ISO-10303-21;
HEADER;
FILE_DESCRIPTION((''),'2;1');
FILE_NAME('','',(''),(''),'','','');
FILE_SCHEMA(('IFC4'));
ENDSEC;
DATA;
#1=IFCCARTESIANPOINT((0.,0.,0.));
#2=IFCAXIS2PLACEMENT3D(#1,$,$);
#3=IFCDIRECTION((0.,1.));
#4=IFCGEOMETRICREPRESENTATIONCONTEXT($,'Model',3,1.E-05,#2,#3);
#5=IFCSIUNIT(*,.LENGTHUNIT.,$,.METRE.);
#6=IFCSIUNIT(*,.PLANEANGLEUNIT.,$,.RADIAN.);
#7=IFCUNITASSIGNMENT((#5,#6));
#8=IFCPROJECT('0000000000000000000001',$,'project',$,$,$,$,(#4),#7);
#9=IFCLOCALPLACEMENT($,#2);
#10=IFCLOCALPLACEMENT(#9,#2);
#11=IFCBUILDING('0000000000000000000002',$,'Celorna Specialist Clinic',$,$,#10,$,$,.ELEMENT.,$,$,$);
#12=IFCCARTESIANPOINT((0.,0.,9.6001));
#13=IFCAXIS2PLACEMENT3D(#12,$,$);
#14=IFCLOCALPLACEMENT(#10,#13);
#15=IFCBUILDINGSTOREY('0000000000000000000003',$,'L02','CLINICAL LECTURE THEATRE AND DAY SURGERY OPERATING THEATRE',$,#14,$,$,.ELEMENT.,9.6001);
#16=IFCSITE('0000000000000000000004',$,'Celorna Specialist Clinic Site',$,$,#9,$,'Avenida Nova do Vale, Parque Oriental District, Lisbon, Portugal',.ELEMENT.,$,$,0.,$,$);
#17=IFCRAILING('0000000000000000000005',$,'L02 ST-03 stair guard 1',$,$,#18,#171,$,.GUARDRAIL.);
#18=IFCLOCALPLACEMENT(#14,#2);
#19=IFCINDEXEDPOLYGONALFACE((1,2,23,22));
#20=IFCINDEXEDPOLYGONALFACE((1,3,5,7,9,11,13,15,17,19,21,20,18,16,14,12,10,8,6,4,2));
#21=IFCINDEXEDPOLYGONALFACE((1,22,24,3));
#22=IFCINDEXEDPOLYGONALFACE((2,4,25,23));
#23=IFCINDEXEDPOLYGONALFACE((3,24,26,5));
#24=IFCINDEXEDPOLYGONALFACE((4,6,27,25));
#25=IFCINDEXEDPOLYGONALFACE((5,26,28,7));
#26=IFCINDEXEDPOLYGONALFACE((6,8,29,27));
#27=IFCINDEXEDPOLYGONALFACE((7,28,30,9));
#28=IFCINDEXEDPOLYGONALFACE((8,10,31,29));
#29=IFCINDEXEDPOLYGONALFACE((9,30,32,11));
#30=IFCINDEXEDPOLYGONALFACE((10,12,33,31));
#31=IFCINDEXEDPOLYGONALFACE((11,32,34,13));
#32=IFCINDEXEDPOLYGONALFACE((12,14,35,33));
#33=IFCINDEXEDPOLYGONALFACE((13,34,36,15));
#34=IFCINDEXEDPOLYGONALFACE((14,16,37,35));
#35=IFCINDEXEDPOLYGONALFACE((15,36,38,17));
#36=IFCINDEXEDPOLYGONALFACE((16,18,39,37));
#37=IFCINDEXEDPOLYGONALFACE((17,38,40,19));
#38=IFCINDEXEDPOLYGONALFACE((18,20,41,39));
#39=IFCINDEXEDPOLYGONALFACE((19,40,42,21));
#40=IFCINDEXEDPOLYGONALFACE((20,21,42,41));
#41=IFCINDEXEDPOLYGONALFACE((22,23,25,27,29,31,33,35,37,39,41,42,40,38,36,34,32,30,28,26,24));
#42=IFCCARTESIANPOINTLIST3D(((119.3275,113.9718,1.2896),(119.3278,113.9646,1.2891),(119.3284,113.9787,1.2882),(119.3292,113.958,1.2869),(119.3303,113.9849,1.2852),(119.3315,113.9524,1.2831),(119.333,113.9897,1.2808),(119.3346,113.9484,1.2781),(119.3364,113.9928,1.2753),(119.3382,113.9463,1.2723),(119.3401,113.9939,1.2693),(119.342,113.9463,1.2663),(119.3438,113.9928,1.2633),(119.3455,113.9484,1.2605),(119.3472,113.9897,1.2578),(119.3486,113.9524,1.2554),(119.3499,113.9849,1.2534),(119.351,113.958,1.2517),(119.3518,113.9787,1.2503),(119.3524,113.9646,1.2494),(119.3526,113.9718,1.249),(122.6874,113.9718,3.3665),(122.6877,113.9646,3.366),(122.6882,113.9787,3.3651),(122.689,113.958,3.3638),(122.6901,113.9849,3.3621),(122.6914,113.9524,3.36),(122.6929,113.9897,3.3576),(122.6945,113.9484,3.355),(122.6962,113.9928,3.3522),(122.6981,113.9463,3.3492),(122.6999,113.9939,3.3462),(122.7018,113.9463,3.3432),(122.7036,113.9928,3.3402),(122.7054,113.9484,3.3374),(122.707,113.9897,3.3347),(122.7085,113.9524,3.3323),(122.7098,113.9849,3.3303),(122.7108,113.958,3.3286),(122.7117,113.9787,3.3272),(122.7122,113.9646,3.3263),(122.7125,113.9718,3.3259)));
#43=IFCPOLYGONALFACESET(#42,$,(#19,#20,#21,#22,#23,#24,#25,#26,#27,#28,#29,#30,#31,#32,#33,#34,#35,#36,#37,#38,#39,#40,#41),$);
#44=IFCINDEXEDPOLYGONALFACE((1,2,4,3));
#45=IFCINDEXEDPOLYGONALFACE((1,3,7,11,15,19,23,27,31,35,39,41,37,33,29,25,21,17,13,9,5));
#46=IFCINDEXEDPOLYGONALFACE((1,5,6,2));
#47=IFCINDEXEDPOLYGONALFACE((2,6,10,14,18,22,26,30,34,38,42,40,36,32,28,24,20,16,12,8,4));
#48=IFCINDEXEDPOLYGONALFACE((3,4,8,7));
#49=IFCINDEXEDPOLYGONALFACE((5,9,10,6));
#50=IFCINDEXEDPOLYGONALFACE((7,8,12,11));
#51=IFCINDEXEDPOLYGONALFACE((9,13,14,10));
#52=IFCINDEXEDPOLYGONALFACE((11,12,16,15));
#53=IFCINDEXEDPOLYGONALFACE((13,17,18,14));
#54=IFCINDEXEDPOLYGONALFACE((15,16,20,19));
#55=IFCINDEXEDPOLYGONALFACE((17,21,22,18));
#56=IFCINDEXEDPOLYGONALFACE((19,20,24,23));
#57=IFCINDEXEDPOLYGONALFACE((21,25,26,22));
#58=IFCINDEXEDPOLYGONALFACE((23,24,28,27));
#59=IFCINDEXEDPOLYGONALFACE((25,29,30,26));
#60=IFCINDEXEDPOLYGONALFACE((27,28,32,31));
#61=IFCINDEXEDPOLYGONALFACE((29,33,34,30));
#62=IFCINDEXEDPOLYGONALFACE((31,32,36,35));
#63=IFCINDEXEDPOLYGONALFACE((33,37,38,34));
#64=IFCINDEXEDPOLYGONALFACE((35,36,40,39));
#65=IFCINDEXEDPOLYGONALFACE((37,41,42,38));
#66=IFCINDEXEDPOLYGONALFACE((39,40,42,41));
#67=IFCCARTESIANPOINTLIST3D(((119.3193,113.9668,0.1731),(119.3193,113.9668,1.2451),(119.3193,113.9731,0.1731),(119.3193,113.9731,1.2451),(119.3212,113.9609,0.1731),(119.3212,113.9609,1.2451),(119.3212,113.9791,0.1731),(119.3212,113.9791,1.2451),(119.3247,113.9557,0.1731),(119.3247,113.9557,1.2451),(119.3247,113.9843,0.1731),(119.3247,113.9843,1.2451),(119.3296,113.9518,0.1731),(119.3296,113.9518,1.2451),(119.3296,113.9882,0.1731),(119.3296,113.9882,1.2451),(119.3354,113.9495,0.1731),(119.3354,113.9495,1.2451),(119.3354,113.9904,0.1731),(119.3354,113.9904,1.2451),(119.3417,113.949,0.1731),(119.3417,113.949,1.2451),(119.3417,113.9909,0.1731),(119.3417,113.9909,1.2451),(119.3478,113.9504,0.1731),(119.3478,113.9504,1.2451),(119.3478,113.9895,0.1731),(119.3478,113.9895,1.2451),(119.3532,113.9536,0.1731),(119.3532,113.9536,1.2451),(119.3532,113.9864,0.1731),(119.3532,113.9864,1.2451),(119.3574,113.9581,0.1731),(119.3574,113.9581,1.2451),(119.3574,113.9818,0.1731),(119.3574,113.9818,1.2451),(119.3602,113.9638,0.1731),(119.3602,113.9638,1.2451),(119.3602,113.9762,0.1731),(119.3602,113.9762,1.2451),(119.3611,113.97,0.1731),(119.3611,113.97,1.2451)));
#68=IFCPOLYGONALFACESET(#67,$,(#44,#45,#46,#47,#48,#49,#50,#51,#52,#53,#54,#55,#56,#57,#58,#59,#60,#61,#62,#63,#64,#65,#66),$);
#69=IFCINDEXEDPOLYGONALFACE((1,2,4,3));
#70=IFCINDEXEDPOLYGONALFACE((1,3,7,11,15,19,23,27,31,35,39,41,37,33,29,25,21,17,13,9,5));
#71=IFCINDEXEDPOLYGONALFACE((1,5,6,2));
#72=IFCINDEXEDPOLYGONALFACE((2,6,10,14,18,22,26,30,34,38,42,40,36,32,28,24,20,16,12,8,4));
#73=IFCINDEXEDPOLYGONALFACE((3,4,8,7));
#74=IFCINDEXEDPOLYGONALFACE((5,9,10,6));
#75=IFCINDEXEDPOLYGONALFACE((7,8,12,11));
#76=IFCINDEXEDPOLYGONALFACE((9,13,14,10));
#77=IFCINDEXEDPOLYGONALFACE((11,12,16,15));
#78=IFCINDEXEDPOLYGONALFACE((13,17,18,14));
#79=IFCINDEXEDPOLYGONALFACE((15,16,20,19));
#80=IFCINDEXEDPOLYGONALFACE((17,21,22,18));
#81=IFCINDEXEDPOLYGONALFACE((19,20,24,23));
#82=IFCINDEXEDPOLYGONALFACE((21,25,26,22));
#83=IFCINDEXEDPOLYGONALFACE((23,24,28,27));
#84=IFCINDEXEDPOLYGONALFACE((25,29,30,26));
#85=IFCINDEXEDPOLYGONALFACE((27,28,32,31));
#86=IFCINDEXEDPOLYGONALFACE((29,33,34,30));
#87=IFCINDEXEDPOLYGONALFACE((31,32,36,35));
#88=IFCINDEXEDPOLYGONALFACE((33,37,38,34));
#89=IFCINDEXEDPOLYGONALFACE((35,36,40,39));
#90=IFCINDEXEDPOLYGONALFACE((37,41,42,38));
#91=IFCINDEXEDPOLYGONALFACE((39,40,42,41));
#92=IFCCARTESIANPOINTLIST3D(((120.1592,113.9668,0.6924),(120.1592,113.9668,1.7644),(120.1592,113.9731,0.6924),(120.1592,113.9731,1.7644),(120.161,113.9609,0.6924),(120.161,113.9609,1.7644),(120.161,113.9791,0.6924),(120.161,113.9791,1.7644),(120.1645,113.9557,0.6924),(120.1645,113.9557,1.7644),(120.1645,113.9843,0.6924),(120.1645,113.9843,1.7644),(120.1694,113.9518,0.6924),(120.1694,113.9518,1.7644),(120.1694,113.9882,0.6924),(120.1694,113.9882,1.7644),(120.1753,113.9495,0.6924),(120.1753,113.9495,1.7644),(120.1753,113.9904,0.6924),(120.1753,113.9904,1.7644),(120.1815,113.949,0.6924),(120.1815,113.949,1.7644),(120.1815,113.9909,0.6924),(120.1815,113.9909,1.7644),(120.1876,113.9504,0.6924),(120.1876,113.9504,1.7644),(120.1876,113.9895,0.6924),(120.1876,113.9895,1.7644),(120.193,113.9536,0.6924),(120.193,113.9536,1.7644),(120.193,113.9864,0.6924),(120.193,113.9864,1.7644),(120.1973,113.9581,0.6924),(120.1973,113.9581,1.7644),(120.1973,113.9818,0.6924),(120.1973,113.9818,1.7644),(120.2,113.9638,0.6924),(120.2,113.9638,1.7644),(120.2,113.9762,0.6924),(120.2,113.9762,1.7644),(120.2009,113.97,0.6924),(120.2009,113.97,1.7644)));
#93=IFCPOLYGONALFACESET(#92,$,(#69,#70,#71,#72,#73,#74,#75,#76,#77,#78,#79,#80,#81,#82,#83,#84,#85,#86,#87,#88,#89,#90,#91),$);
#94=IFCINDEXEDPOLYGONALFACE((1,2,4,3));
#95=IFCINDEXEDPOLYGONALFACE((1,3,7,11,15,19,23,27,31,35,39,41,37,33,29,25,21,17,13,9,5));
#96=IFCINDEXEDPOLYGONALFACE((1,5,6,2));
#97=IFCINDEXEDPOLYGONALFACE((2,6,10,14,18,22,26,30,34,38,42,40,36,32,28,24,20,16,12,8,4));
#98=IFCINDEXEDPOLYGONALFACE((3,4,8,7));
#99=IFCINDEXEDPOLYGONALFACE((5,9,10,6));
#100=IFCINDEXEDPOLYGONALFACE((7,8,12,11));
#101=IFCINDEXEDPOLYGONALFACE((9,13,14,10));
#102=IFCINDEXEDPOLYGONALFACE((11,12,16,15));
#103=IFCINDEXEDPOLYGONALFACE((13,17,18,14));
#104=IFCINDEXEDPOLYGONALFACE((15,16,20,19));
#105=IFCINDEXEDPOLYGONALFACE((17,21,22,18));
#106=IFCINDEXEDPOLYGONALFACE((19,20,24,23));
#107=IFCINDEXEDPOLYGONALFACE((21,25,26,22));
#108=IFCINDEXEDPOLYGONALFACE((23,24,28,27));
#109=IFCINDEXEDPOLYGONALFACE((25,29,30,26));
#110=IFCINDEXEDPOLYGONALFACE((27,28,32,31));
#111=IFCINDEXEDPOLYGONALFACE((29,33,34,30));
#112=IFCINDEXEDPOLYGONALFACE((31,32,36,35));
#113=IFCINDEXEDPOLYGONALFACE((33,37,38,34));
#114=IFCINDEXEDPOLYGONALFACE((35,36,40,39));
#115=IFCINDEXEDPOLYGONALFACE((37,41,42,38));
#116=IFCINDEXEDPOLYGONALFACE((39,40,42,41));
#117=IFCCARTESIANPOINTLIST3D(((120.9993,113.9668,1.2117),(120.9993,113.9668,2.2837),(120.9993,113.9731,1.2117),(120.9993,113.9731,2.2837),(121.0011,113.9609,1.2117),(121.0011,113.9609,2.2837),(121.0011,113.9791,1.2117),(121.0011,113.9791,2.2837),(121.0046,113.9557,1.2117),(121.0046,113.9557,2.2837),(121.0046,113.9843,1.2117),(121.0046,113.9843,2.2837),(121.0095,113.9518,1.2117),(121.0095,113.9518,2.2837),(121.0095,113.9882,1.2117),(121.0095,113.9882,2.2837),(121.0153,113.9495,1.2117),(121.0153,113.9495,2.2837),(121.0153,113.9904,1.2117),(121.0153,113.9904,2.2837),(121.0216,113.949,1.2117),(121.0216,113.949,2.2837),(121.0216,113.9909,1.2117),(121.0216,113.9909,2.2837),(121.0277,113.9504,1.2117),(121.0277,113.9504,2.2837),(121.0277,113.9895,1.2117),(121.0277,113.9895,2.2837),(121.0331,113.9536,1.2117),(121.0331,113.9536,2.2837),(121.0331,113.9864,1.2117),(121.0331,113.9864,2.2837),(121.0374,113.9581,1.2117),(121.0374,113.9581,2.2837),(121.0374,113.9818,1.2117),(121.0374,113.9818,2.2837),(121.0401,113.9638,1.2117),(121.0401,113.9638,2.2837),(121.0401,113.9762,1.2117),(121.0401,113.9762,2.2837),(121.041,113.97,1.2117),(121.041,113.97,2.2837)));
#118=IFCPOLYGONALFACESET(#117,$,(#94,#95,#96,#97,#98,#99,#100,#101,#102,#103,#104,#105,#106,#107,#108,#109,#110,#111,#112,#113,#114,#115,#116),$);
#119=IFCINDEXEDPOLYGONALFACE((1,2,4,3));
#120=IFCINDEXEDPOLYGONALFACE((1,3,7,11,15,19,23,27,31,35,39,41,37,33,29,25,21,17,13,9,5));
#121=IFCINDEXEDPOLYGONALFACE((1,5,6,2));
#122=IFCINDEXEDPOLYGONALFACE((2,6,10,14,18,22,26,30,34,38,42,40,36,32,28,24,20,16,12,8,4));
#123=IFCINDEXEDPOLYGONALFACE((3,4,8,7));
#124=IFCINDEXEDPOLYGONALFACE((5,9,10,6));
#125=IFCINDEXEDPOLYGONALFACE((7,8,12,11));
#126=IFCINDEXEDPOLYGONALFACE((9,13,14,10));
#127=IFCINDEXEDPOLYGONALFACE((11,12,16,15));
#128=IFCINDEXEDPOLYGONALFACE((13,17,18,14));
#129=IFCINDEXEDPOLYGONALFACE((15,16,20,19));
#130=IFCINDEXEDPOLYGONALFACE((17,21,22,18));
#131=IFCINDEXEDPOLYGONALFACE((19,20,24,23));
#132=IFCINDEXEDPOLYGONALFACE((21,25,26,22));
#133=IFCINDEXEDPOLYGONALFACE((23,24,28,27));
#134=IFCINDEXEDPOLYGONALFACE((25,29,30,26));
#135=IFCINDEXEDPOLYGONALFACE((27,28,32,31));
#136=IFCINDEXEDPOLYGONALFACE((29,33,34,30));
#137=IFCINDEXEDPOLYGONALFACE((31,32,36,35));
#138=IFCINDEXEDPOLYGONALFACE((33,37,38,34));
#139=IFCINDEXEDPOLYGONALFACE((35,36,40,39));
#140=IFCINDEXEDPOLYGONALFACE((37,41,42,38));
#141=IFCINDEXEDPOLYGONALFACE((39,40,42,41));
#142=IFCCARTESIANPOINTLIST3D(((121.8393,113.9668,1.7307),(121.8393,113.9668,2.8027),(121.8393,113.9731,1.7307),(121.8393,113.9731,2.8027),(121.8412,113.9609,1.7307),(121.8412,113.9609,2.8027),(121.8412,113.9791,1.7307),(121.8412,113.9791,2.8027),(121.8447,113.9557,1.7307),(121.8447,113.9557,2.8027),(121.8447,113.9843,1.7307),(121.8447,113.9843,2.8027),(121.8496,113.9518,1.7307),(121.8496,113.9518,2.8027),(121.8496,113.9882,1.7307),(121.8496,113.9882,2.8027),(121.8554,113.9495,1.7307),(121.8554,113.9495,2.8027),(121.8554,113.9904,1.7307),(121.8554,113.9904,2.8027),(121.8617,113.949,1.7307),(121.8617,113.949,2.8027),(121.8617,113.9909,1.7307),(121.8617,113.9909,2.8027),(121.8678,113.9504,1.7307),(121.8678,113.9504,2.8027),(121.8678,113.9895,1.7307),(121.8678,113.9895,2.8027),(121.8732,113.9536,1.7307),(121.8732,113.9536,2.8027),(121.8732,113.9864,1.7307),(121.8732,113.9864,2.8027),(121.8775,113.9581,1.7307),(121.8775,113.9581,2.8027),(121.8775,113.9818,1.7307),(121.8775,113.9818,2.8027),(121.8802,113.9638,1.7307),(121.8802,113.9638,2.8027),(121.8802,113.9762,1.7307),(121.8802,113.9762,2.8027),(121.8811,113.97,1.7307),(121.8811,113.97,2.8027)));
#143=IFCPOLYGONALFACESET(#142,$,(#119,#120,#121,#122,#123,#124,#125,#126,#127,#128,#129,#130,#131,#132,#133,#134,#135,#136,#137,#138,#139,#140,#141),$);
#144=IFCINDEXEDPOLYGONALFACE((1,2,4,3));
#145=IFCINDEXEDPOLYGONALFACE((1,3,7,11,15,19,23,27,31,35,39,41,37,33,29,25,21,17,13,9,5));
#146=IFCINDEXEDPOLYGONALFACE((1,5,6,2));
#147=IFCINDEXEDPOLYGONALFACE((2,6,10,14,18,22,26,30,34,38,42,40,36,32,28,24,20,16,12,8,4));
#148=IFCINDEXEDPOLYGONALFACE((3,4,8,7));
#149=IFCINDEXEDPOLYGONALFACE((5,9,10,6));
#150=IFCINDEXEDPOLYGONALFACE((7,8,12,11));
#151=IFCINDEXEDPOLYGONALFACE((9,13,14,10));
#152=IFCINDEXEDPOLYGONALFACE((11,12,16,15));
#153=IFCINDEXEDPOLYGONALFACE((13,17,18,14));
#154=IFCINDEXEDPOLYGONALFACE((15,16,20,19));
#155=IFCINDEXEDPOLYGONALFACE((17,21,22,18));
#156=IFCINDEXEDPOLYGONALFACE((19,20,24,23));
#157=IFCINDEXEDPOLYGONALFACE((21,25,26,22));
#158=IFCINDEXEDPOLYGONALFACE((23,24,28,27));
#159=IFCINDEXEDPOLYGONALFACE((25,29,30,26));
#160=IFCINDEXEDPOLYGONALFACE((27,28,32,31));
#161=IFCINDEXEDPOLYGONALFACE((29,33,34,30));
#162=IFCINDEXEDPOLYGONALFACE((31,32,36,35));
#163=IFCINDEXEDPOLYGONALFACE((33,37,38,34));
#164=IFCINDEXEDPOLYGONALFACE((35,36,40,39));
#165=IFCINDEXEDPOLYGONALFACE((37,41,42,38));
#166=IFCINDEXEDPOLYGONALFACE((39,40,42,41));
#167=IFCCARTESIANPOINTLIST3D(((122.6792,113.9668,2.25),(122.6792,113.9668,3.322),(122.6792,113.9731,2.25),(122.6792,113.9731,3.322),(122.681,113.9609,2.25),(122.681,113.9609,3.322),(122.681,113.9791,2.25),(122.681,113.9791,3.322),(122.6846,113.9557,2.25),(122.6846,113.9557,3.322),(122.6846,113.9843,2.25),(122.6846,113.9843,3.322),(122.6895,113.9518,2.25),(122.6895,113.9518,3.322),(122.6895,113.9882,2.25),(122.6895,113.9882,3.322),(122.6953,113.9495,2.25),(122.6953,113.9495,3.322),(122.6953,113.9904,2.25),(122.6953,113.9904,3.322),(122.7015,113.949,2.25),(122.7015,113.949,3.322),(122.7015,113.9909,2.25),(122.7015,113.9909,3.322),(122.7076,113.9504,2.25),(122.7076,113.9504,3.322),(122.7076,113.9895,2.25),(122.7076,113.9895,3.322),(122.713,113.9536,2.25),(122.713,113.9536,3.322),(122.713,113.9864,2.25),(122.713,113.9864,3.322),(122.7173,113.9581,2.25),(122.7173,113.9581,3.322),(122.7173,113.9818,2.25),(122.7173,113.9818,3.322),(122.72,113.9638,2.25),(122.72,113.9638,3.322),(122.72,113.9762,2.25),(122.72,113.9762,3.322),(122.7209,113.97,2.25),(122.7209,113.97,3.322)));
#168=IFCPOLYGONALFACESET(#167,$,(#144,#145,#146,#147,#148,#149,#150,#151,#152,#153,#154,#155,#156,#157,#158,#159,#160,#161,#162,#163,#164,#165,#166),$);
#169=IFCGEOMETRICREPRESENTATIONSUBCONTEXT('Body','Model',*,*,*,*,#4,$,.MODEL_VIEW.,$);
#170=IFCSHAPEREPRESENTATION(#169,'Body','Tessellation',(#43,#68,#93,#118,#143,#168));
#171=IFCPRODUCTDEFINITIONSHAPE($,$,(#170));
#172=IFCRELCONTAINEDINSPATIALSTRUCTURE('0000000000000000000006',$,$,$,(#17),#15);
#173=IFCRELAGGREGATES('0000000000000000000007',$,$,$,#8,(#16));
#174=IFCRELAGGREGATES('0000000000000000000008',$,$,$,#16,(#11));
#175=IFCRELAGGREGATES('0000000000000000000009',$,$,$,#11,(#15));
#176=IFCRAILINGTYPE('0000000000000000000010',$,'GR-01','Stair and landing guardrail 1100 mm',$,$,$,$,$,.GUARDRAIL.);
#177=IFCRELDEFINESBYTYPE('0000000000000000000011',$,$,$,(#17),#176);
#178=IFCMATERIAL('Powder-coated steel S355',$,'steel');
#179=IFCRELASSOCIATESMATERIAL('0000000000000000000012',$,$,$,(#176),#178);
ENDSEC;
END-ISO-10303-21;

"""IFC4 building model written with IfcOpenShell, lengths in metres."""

from ifc_helpers import new_model, si_unit, direction, frame, origin, origin_2d, place, context, subcontext, project, spatial, circle, extrude, material, type_object, element, save


model = new_model("IFC4")

# Units and contexts
model_context = context("Model", 3, precision=1e-05, world=origin(), true_north=direction((0.0, 1.0)))
body_context = subcontext(model_context, "Body", "Model", "MODEL_VIEW")
ifc_project = project(units=[si_unit("LENGTHUNIT", "METRE"), si_unit("PLANEANGLEUNIT", "RADIAN")], contexts=[model_context])

# Site, building, storey
site_placement = place(None, origin())
site = spatial("IfcSite", under=ifc_project, at=site_placement, Name="Celorna Specialist Clinic Site", LongName="Avenida Nova do Vale, Parque Oriental District, Lisbon, Portugal", CompositionType="ELEMENT", RefElevation=0.0)
building_placement = place(site_placement, origin())
building = spatial("IfcBuilding", under=site, at=building_placement, Name="Celorna Specialist Clinic", CompositionType="ELEMENT")
storey_placement = place(building_placement, frame((0.0, 0.0, 9.6001)))
storey = spatial("IfcBuildingStorey", under=building, at=storey_placement, Name="L02", Description="CLINICAL LECTURE THEATRE AND DAY SURGERY OPERATING THEATRE", CompositionType="ELEMENT", Elevation=9.6001)

# Railing
ifc_material_1 = material(Name="Powder-coated steel S355", Category="steel")
railing_type_1 = type_object("IfcRailingType", Name="GR-01", Description="Stair and landing guardrail 1100 mm", PredefinedType="GUARDRAIL", material=ifc_material_1)
railing_1_placement = place(storey_placement, frame((119.3401, 113.97, 0.1731)))
element("IfcRailing", 1, at=railing_1_placement, inside=storey, type_object=railing_type_1, Name="L02 ST-03 stair guard 1", PredefinedType="GUARDRAIL", context=body_context, shape_type="SweptSolid", body=[
    extrude(circle(Radius=0.0239, at=origin_2d()), frame((0.0, 0.0, 1.0962), z_axis=(0.850606, 0.0, 0.525803), x_axis=(0.0, 1.0, 0.0)), (0.0, 0.0, 1.0), 3.95),
    extrude(circle(Radius=0.021, at=origin_2d()), origin(), (0.0, 0.0, 1.0), 1.072),
    extrude(circle(Radius=0.021, at=origin_2d()), frame((0.8398, 0.0, 0.5193)), (0.0, 0.0, 1.0), 1.072),
    extrude(circle(Radius=0.021, at=origin_2d()), frame((1.6799, 0.0, 1.0386)), (0.0, 0.0, 1.0), 1.072),
    extrude(circle(Radius=0.021, at=origin_2d()), frame((2.52, 0.0, 1.5576)), (0.0, 0.0, 1.0), 1.072),
    extrude(circle(Radius=0.021, at=origin_2d()), frame((3.3599, 0.0, 2.0769)), (0.0, 0.0, 1.0), 1.072),
])

save(model, "model.ifc")
